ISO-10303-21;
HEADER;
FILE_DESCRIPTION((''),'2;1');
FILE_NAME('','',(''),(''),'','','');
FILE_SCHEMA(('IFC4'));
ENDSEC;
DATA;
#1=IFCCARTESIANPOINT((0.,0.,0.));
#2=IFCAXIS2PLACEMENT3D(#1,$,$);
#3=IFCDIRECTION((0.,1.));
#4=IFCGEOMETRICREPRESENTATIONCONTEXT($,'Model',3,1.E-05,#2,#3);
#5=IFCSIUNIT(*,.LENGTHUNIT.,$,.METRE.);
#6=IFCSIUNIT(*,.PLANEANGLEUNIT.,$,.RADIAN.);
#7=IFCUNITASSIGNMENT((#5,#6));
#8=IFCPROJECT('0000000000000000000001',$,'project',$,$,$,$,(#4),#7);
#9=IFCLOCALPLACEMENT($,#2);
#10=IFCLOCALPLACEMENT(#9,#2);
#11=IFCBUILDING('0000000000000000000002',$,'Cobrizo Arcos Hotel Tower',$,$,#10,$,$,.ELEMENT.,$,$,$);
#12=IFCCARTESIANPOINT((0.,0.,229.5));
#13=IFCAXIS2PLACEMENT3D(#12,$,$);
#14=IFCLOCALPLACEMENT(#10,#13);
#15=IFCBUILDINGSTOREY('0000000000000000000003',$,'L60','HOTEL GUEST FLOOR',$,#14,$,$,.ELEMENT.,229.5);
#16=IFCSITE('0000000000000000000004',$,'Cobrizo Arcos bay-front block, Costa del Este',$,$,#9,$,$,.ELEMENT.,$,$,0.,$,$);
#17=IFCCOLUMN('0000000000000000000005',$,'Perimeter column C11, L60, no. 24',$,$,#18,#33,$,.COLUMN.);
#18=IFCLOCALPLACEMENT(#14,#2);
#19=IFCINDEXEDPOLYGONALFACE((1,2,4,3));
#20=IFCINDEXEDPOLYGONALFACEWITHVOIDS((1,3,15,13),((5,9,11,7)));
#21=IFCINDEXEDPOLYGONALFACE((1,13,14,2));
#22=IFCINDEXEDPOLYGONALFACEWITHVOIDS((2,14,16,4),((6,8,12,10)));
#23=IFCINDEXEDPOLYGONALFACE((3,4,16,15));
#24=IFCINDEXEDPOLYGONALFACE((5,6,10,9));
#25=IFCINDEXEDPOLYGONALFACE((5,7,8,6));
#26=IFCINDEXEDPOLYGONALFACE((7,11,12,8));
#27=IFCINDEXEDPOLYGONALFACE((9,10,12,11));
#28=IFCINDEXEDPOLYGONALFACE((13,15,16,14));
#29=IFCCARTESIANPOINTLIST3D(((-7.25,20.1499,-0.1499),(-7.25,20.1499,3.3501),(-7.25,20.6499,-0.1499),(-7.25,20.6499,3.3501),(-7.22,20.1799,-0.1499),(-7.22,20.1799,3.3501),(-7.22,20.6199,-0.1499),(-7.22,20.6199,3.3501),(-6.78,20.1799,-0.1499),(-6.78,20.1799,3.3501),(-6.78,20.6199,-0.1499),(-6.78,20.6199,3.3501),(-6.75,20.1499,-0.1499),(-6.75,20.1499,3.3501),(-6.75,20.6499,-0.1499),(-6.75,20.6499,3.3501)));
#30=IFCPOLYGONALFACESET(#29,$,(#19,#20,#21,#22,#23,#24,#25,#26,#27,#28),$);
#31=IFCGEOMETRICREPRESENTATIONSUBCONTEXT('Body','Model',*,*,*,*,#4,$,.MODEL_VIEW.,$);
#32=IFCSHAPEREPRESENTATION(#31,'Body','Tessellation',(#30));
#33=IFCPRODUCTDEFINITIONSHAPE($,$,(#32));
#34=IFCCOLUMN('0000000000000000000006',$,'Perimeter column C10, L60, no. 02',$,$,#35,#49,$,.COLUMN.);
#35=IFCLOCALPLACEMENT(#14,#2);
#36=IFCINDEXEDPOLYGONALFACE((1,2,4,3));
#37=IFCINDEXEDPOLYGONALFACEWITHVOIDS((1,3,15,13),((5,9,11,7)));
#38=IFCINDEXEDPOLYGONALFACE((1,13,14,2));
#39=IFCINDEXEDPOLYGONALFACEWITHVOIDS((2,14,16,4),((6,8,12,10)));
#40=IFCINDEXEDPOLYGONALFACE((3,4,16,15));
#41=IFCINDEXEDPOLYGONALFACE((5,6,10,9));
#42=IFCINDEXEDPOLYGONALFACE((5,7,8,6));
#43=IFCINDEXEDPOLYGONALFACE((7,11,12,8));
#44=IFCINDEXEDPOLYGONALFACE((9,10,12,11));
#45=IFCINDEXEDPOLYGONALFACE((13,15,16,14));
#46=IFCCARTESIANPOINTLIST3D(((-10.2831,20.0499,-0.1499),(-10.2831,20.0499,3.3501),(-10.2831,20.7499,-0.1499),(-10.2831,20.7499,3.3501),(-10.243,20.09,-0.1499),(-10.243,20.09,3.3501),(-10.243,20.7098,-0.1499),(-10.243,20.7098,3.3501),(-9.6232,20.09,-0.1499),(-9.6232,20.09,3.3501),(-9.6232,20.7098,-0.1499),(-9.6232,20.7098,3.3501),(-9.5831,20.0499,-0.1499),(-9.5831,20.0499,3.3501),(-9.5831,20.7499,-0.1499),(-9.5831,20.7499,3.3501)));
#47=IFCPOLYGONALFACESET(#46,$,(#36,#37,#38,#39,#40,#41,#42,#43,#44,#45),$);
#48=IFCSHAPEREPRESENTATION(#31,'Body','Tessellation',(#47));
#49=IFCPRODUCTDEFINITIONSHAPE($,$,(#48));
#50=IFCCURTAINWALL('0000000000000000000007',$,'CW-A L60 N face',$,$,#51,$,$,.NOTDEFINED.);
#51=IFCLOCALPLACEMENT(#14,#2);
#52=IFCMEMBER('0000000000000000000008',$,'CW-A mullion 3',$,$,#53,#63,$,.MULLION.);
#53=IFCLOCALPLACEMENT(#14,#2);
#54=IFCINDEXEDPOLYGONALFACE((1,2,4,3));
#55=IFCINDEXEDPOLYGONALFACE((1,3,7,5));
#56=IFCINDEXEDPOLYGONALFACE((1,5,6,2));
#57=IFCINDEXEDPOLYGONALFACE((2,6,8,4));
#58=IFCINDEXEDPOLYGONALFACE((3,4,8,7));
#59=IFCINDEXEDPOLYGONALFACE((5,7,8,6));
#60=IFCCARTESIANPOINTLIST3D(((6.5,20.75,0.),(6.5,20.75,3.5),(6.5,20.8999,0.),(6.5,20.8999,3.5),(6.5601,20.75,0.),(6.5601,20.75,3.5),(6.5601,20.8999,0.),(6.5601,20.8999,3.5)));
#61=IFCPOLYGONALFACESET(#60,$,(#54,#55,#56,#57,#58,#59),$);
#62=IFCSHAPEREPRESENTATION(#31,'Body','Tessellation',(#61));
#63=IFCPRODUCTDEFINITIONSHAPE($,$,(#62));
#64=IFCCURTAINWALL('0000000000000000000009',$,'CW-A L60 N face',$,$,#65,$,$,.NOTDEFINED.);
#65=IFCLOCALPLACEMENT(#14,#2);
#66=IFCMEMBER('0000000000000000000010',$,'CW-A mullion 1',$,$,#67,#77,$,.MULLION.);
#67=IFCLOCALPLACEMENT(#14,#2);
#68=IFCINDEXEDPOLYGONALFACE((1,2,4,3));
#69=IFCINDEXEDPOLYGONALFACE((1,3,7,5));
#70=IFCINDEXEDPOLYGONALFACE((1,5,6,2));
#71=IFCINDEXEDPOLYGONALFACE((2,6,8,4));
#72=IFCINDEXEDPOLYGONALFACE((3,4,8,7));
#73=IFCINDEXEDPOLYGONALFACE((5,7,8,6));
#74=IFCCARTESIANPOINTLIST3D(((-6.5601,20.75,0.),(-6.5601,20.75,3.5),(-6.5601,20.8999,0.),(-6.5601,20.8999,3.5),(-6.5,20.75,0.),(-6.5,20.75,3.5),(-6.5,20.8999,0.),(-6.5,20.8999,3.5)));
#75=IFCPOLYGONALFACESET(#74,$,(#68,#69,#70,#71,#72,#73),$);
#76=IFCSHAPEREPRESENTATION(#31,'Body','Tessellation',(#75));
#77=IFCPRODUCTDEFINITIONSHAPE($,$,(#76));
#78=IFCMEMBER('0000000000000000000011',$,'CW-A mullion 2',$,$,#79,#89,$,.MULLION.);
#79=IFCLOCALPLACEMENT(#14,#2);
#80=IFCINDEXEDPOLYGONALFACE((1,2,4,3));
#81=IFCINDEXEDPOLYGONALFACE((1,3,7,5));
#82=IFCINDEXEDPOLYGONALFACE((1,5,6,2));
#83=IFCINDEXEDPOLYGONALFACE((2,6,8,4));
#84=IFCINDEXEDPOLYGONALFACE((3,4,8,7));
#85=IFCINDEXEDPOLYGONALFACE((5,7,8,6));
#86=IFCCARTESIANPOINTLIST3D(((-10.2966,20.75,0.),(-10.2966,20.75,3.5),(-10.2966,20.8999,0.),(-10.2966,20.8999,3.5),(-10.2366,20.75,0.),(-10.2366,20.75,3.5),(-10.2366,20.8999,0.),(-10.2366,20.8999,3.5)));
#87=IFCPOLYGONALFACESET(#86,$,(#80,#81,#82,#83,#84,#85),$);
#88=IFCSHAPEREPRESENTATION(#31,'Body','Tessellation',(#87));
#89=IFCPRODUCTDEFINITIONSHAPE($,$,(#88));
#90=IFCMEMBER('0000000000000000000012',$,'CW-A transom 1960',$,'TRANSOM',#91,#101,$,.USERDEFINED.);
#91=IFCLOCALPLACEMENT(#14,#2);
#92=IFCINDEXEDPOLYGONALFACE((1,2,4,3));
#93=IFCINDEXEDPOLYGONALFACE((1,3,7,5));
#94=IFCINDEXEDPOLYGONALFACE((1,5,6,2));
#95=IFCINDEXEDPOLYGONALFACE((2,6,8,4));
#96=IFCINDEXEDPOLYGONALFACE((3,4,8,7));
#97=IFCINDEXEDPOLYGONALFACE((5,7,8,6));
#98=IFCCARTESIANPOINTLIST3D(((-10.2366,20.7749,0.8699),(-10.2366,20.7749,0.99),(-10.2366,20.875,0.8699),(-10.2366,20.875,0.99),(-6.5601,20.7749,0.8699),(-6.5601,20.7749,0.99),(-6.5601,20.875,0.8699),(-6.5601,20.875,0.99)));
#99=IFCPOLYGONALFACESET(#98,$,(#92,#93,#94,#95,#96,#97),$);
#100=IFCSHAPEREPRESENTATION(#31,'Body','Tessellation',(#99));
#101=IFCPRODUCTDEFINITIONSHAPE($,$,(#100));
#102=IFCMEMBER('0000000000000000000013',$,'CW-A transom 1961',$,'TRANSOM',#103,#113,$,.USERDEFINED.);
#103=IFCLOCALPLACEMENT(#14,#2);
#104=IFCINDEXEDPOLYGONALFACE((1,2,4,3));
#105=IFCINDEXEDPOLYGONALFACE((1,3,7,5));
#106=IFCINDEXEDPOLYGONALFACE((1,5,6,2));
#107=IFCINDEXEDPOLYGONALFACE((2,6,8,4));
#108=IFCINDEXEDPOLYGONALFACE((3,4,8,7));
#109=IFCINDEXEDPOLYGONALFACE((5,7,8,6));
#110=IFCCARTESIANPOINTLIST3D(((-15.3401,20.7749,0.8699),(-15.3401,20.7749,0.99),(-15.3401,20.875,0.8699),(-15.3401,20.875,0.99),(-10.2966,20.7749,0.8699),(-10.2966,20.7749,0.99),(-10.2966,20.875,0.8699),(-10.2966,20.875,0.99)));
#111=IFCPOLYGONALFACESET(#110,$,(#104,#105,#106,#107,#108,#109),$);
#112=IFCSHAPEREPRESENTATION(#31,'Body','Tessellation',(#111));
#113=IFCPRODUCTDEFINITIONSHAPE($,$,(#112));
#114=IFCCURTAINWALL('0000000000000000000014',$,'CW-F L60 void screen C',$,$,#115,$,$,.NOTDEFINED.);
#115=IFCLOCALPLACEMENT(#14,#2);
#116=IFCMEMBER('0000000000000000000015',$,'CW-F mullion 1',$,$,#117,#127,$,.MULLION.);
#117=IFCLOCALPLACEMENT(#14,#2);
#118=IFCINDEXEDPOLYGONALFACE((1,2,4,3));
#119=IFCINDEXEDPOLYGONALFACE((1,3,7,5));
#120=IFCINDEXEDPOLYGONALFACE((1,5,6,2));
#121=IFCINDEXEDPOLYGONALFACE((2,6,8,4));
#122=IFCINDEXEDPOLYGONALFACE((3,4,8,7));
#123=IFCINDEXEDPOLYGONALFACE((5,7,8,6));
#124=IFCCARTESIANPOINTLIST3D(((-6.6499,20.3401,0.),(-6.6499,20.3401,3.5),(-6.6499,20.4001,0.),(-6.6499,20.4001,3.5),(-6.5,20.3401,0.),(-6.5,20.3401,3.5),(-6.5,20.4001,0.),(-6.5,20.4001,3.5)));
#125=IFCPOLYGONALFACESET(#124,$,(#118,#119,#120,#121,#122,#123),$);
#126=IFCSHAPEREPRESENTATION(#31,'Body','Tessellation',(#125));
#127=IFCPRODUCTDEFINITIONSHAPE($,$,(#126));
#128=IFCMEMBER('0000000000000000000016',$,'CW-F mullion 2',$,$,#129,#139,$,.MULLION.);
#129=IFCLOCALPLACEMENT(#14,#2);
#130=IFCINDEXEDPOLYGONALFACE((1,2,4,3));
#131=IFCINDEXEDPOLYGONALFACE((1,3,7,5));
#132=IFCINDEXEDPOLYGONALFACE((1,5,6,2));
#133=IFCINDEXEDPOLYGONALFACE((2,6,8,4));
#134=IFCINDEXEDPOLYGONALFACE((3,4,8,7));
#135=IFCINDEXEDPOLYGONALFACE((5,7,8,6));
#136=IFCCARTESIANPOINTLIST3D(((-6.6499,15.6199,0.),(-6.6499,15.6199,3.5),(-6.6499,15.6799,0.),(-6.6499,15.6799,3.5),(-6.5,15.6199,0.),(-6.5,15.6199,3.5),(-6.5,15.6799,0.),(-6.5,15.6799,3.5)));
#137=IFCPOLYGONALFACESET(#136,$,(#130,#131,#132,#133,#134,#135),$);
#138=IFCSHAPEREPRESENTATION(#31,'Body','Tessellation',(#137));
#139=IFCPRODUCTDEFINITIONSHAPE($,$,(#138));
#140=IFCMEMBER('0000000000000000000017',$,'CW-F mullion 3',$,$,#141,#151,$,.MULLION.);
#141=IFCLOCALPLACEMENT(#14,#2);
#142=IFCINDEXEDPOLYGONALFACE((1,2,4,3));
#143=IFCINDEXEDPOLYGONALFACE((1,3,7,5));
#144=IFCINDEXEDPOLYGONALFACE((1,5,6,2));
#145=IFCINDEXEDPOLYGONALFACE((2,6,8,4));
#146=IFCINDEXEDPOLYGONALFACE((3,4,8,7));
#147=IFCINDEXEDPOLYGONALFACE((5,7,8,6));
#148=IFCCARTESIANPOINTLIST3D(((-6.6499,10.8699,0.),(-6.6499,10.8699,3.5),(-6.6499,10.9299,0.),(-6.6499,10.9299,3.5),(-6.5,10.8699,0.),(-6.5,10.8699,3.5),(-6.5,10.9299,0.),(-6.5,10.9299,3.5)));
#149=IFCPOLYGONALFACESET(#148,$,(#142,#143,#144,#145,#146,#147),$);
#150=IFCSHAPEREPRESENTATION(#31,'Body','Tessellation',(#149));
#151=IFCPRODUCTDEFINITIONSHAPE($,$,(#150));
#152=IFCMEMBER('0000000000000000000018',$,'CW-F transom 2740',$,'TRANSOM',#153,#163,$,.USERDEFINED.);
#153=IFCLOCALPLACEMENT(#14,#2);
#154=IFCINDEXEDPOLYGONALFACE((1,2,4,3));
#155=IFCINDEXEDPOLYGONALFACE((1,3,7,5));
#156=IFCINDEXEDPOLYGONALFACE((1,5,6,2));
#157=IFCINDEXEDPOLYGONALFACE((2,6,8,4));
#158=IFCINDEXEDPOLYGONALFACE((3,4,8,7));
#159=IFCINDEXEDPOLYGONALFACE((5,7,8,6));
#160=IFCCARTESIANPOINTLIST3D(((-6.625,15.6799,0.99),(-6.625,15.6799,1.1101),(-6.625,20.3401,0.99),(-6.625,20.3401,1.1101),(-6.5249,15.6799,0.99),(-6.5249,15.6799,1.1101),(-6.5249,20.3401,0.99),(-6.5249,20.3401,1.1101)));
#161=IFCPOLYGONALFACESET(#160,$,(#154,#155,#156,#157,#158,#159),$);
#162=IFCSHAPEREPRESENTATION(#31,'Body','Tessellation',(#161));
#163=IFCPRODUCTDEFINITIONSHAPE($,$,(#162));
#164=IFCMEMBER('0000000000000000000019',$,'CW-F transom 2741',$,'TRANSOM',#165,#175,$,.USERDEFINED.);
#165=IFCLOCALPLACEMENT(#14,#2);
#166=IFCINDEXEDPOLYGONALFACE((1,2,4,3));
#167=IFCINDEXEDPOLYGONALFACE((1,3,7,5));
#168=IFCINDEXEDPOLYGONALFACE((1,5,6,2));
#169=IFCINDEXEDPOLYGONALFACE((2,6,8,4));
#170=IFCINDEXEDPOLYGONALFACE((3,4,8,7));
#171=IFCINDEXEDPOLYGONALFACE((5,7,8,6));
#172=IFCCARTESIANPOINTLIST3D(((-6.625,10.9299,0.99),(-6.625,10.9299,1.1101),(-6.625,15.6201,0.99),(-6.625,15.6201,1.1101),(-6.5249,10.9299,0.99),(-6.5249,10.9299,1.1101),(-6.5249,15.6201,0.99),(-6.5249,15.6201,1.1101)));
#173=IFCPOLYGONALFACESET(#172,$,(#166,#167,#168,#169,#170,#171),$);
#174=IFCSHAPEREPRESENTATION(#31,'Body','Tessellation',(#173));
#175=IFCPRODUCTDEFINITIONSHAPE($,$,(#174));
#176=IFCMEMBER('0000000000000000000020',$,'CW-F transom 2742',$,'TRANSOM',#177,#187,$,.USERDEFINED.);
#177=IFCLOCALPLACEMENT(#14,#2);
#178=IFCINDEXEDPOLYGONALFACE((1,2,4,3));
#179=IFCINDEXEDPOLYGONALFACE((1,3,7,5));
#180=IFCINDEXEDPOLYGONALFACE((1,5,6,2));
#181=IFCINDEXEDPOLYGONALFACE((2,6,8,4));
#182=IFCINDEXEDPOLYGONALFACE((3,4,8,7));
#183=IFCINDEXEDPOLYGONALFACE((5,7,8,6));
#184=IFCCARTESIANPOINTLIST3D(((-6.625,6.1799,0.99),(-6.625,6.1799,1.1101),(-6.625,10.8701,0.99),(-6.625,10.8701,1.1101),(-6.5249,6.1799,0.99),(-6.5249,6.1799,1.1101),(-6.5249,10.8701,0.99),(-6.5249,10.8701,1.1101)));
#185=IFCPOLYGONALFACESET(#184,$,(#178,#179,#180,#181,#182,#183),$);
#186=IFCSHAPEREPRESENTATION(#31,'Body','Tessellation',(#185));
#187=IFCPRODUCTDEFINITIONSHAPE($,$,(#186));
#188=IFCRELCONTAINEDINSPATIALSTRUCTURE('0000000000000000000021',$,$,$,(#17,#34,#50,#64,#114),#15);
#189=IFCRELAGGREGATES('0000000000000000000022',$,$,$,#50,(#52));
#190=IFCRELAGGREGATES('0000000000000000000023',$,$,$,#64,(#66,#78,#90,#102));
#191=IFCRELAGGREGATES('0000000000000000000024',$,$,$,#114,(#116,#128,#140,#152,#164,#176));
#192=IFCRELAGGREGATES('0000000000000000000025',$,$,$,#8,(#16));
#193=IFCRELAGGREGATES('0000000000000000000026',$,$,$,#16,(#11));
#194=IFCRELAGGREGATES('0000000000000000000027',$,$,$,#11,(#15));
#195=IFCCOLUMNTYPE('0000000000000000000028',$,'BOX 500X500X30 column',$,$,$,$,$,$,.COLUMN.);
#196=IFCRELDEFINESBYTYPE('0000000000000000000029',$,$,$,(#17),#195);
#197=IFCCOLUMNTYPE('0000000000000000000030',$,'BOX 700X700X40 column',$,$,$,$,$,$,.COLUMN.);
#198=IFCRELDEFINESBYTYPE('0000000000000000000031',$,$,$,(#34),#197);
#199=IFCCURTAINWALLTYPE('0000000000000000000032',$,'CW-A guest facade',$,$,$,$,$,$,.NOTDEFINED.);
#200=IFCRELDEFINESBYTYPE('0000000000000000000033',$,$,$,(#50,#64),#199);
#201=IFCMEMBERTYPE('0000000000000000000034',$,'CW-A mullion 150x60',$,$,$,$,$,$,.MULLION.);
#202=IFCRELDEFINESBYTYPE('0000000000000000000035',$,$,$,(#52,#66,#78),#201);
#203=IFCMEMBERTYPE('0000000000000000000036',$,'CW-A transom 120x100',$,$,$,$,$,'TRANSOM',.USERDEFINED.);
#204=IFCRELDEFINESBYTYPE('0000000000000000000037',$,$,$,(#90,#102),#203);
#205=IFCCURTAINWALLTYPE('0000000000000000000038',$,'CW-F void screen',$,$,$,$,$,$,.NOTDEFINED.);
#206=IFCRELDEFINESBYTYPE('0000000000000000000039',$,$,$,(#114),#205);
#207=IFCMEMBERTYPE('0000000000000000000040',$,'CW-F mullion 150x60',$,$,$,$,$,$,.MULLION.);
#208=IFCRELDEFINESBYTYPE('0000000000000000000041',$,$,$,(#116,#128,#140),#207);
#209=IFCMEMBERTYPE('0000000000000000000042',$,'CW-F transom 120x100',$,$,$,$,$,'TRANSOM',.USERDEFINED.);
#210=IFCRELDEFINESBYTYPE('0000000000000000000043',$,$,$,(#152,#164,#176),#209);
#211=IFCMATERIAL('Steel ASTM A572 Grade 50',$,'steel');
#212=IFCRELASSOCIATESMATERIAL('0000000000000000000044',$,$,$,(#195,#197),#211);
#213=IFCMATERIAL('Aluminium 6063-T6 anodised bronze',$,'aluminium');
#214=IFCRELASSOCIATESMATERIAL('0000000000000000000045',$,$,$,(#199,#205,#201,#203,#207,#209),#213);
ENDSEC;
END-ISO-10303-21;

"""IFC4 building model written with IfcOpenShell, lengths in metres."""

from ifc_helpers import new_model, si_unit, direction, frame, origin, origin_2d, place, context, subcontext, project, spatial, rectangle, hollow_rectangle, extrude, material, material_profile, profile_set, type_object, element, aggregate, save


model = new_model("IFC4")

# Units and contexts
model_context = context("Model", 3, precision=1e-05, world=origin(), true_north=direction((0.0, 1.0)))
body_context = subcontext(model_context, "Body", "Model", "MODEL_VIEW")
ifc_project = project(units=[si_unit("LENGTHUNIT", "METRE"), si_unit("PLANEANGLEUNIT", "RADIAN")], contexts=[model_context])

# Site, building, storey
site_placement = place(None, origin())
site = spatial("IfcSite", under=ifc_project, at=site_placement, Name="Cobrizo Arcos bay-front block, Costa del Este", CompositionType="ELEMENT", RefElevation=0.0)
building_placement = place(site_placement, origin())
building = spatial("IfcBuilding", under=site, at=building_placement, Name="Cobrizo Arcos Hotel Tower", CompositionType="ELEMENT")
storey_placement = place(building_placement, frame((0.0, 0.0, 229.5)))
storey = spatial("IfcBuildingStorey", under=building, at=storey_placement, Name="L60", Description="HOTEL GUEST FLOOR", CompositionType="ELEMENT", Elevation=229.5)

# Columns
ifc_material_1 = material(Name="Steel ASTM A572 Grade 50", Category="steel")
ifc_material_profile_1 = material_profile(ifc_material_1, hollow_rectangle(XDim=0.5, YDim=0.5, WallThickness=0.03, at=origin_2d()), Name="BOX 500X500X30")
ifc_profile_set_1 = profile_set([ifc_material_profile_1], Name="Steel ASTM A572 Grade 50")
column_type_1 = type_object("IfcColumnType", Name="BOX 500X500X30 column", PredefinedType="COLUMN", material=ifc_profile_set_1)
column_1_placement = place(storey_placement, frame((-7.0, 20.3999, -0.1499), z_axis=(0.0, 0.0, 1.0), x_axis=(1.0, 0.0, 0.0)))
element("IfcColumn", 1, at=column_1_placement, inside=storey, type_object=column_type_1, Name="Perimeter column C11, L60, no. 24", PredefinedType="COLUMN", context=body_context, shape_type="SweptSolid", body=[
    extrude(hollow_rectangle(XDim=0.5, YDim=0.5, WallThickness=0.03, at=origin_2d()), origin(), (0.0, 0.0, 1.0), 3.5),
])
ifc_material_profile_2 = material_profile(ifc_material_1, hollow_rectangle(XDim=0.7, YDim=0.7, WallThickness=0.04, at=origin_2d()), Name="BOX 700X700X40")
ifc_profile_set_2 = profile_set([ifc_material_profile_2], Name="Steel ASTM A572 Grade 50")
column_type_2 = type_object("IfcColumnType", Name="BOX 700X700X40 column", PredefinedType="COLUMN", material=ifc_profile_set_2)
column_2_placement = place(storey_placement, frame((-9.9331, 20.3999, -0.1499), z_axis=(0.0, 0.0, 1.0), x_axis=(1.0, 0.0, 0.0)))
element("IfcColumn", 2, at=column_2_placement, inside=storey, type_object=column_type_2, Name="Perimeter column C10, L60, no. 02", PredefinedType="COLUMN", context=body_context, shape_type="SweptSolid", body=[
    extrude(hollow_rectangle(XDim=0.7, YDim=0.7, WallThickness=0.04, at=origin_2d()), origin(), (0.0, 0.0, 1.0), 3.5),
])

# Curtain wall, member
ifc_material_2 = material(Name="Aluminium 6063-T6 anodised bronze", Category="aluminium")
curtain_wall_type_1 = type_object("IfcCurtainWallType", Name="CW-A guest facade", PredefinedType="NOTDEFINED", material=ifc_material_2)
curtain_wall_1_placement = place(storey_placement, origin())
curtain_wall_1 = element("IfcCurtainWall", 3, at=curtain_wall_1_placement, inside=storey, type_object=curtain_wall_type_1, Name="CW-A L60 N face", PredefinedType="NOTDEFINED")
ifc_material_profile_3 = material_profile(ifc_material_2, rectangle(XDim=0.1499, YDim=0.0601, at=origin_2d()), Name="CW-A mullion 150x60")
ifc_profile_set_3 = profile_set([ifc_material_profile_3], Name="Aluminium 6063-T6 anodised bronze")
member_type_1 = type_object("IfcMemberType", Name="CW-A mullion 150x60", PredefinedType="MULLION", material=ifc_profile_set_3)
member_1_placement = place(storey_placement, frame((6.53, 20.825, 0.0), z_axis=(0.0, 0.0, 1.0), x_axis=(0.0, 1.0, 0.0)))
member_1 = element("IfcMember", 4, at=member_1_placement, type_object=member_type_1, Name="CW-A mullion 3", PredefinedType="MULLION", context=body_context, shape_type="SweptSolid", body=[
    extrude(rectangle(XDim=0.1499, YDim=0.0601, at=origin_2d()), origin(), (0.0, 0.0, 1.0), 3.5),
])
aggregate(curtain_wall_1, [member_1])

# Curtain walls, members
curtain_wall_2_placement = place(storey_placement, origin())
curtain_wall_2 = element("IfcCurtainWall", 5, at=curtain_wall_2_placement, inside=storey, type_object=curtain_wall_type_1, Name="CW-A L60 N face", PredefinedType="NOTDEFINED")
member_2_placement = place(storey_placement, frame((-6.53, 20.825, 0.0), z_axis=(0.0, 0.0, 1.0), x_axis=(0.0, 1.0, 0.0)))
member_2 = element("IfcMember", 6, at=member_2_placement, type_object=member_type_1, Name="CW-A mullion 1", PredefinedType="MULLION", context=body_context, shape_type="SweptSolid", body=[
    extrude(rectangle(XDim=0.1499, YDim=0.0601, at=origin_2d()), origin(), (0.0, 0.0, 1.0), 3.5),
])
member_3_placement = place(storey_placement, frame((-10.2666, 20.825, 0.0), z_axis=(0.0, 0.0, 1.0), x_axis=(0.0, 1.0, 0.0)))
member_3 = element("IfcMember", 7, at=member_3_placement, type_object=member_type_1, Name="CW-A mullion 2", PredefinedType="MULLION", context=body_context, shape_type="SweptSolid", body=[
    extrude(rectangle(XDim=0.1499, YDim=0.0601, at=origin_2d()), origin(), (0.0, 0.0, 1.0), 3.5),
])
ifc_material_profile_4 = material_profile(ifc_material_2, rectangle(XDim=0.1001, YDim=0.1201, at=origin_2d()), Name="CW-A transom 120x100")
ifc_profile_set_4 = profile_set([ifc_material_profile_4], Name="Aluminium 6063-T6 anodised bronze")
member_type_2 = type_object("IfcMemberType", Name="CW-A transom 120x100", ElementType="TRANSOM", PredefinedType="USERDEFINED", material=ifc_profile_set_4)
member_4_placement = place(storey_placement, frame((-6.5601, 20.825, 0.9299), z_axis=(-1.0, 0.0, 0.0), x_axis=(0.0, -1.0, 0.0)))
member_4 = element("IfcMember", 8, at=member_4_placement, type_object=member_type_2, Name="CW-A transom 1960", ObjectType="TRANSOM", PredefinedType="USERDEFINED", context=body_context, shape_type="SweptSolid", body=[
    extrude(rectangle(XDim=0.1001, YDim=0.1201, at=origin_2d()), origin(), (0.0, 0.0, 1.0), 3.6765),
])
member_5_placement = place(storey_placement, frame((-10.2966, 20.825, 0.9299), z_axis=(-1.0, 0.0, 0.0), x_axis=(0.0, -1.0, 0.0)))
member_5 = element("IfcMember", 9, at=member_5_placement, type_object=member_type_2, Name="CW-A transom 1961", ObjectType="TRANSOM", PredefinedType="USERDEFINED", context=body_context, shape_type="SweptSolid", body=[
    extrude(rectangle(XDim=0.1001, YDim=0.1201, at=origin_2d()), origin(), (0.0, 0.0, 1.0), 5.0435),
])
curtain_wall_type_2 = type_object("IfcCurtainWallType", Name="CW-F void screen", PredefinedType="NOTDEFINED", material=ifc_material_2)
curtain_wall_3_placement = place(storey_placement, origin())
curtain_wall_3 = element("IfcCurtainWall", 10, at=curtain_wall_3_placement, inside=storey, type_object=curtain_wall_type_2, Name="CW-F L60 void screen C", PredefinedType="NOTDEFINED")
ifc_material_profile_5 = material_profile(ifc_material_2, rectangle(XDim=0.1499, YDim=0.0601, at=origin_2d()), Name="CW-F mullion 150x60")
ifc_profile_set_5 = profile_set([ifc_material_profile_5], Name="Aluminium 6063-T6 anodised bronze")
member_type_3 = type_object("IfcMemberType", Name="CW-F mullion 150x60", PredefinedType="MULLION", material=ifc_profile_set_5)
member_6_placement = place(storey_placement, frame((-6.575, 20.3701, 0.0), z_axis=(0.0, 0.0, 1.0), x_axis=(-1.0, 0.0, 0.0)))
member_6 = element("IfcMember", 11, at=member_6_placement, type_object=member_type_3, Name="CW-F mullion 1", PredefinedType="MULLION", context=body_context, shape_type="SweptSolid", body=[
    extrude(rectangle(XDim=0.1499, YDim=0.0601, at=origin_2d()), origin(), (0.0, 0.0, 1.0), 3.5),
])
member_7_placement = place(storey_placement, frame((-6.575, 15.6499, 0.0), z_axis=(0.0, 0.0, 1.0), x_axis=(-1.0, 0.0, 0.0)))
member_7 = element("IfcMember", 12, at=member_7_placement, type_object=member_type_3, Name="CW-F mullion 2", PredefinedType="MULLION", context=body_context, shape_type="SweptSolid", body=[
    extrude(rectangle(XDim=0.1499, YDim=0.0601, at=origin_2d()), origin(), (0.0, 0.0, 1.0), 3.5),
])
member_8_placement = place(storey_placement, frame((-6.575, 10.8999, 0.0), z_axis=(0.0, 0.0, 1.0), x_axis=(-1.0, 0.0, 0.0)))
member_8 = element("IfcMember", 13, at=member_8_placement, type_object=member_type_3, Name="CW-F mullion 3", PredefinedType="MULLION", context=body_context, shape_type="SweptSolid", body=[
    extrude(rectangle(XDim=0.1499, YDim=0.0601, at=origin_2d()), origin(), (0.0, 0.0, 1.0), 3.5),
])
ifc_material_profile_6 = material_profile(ifc_material_2, rectangle(XDim=0.1001, YDim=0.1201, at=origin_2d()), Name="CW-F transom 120x100")
ifc_profile_set_6 = profile_set([ifc_material_profile_6], Name="Aluminium 6063-T6 anodised bronze")
member_type_4 = type_object("IfcMemberType", Name="CW-F transom 120x100", ElementType="TRANSOM", PredefinedType="USERDEFINED", material=ifc_profile_set_6)
member_9_placement = place(storey_placement, frame((-6.575, 20.3401, 1.05), z_axis=(0.0, -1.0, 0.0), x_axis=(1.0, 0.0, 0.0)))
member_9 = element("IfcMember", 14, at=member_9_placement, type_object=member_type_4, Name="CW-F transom 2740", ObjectType="TRANSOM", PredefinedType="USERDEFINED", context=body_context, shape_type="SweptSolid", body=[
    extrude(rectangle(XDim=0.1001, YDim=0.1201, at=origin_2d()), origin(), (0.0, 0.0, 1.0), 4.6602),
])
member_10_placement = place(storey_placement, frame((-6.575, 15.6201, 1.05), z_axis=(0.0, -1.0, 0.0), x_axis=(1.0, 0.0, 0.0)))
member_10 = element("IfcMember", 15, at=member_10_placement, type_object=member_type_4, Name="CW-F transom 2741", ObjectType="TRANSOM", PredefinedType="USERDEFINED", context=body_context, shape_type="SweptSolid", body=[
    extrude(rectangle(XDim=0.1001, YDim=0.1201, at=origin_2d()), origin(), (0.0, 0.0, 1.0), 4.6902),
])
member_11_placement = place(storey_placement, frame((-6.575, 10.8701, 1.05), z_axis=(0.0, -1.0, 0.0), x_axis=(1.0, 0.0, 0.0)))
member_11 = element("IfcMember", 16, at=member_11_placement, type_object=member_type_4, Name="CW-F transom 2742", ObjectType="TRANSOM", PredefinedType="USERDEFINED", context=body_context, shape_type="SweptSolid", body=[
    extrude(rectangle(XDim=0.1001, YDim=0.1201, at=origin_2d()), origin(), (0.0, 0.0, 1.0), 4.6902),
])

aggregate(curtain_wall_2, [member_2, member_3, member_4, member_5])
aggregate(curtain_wall_3, [member_6, member_7, member_8, member_9, member_10, member_11])

save(model, "model.ifc")
